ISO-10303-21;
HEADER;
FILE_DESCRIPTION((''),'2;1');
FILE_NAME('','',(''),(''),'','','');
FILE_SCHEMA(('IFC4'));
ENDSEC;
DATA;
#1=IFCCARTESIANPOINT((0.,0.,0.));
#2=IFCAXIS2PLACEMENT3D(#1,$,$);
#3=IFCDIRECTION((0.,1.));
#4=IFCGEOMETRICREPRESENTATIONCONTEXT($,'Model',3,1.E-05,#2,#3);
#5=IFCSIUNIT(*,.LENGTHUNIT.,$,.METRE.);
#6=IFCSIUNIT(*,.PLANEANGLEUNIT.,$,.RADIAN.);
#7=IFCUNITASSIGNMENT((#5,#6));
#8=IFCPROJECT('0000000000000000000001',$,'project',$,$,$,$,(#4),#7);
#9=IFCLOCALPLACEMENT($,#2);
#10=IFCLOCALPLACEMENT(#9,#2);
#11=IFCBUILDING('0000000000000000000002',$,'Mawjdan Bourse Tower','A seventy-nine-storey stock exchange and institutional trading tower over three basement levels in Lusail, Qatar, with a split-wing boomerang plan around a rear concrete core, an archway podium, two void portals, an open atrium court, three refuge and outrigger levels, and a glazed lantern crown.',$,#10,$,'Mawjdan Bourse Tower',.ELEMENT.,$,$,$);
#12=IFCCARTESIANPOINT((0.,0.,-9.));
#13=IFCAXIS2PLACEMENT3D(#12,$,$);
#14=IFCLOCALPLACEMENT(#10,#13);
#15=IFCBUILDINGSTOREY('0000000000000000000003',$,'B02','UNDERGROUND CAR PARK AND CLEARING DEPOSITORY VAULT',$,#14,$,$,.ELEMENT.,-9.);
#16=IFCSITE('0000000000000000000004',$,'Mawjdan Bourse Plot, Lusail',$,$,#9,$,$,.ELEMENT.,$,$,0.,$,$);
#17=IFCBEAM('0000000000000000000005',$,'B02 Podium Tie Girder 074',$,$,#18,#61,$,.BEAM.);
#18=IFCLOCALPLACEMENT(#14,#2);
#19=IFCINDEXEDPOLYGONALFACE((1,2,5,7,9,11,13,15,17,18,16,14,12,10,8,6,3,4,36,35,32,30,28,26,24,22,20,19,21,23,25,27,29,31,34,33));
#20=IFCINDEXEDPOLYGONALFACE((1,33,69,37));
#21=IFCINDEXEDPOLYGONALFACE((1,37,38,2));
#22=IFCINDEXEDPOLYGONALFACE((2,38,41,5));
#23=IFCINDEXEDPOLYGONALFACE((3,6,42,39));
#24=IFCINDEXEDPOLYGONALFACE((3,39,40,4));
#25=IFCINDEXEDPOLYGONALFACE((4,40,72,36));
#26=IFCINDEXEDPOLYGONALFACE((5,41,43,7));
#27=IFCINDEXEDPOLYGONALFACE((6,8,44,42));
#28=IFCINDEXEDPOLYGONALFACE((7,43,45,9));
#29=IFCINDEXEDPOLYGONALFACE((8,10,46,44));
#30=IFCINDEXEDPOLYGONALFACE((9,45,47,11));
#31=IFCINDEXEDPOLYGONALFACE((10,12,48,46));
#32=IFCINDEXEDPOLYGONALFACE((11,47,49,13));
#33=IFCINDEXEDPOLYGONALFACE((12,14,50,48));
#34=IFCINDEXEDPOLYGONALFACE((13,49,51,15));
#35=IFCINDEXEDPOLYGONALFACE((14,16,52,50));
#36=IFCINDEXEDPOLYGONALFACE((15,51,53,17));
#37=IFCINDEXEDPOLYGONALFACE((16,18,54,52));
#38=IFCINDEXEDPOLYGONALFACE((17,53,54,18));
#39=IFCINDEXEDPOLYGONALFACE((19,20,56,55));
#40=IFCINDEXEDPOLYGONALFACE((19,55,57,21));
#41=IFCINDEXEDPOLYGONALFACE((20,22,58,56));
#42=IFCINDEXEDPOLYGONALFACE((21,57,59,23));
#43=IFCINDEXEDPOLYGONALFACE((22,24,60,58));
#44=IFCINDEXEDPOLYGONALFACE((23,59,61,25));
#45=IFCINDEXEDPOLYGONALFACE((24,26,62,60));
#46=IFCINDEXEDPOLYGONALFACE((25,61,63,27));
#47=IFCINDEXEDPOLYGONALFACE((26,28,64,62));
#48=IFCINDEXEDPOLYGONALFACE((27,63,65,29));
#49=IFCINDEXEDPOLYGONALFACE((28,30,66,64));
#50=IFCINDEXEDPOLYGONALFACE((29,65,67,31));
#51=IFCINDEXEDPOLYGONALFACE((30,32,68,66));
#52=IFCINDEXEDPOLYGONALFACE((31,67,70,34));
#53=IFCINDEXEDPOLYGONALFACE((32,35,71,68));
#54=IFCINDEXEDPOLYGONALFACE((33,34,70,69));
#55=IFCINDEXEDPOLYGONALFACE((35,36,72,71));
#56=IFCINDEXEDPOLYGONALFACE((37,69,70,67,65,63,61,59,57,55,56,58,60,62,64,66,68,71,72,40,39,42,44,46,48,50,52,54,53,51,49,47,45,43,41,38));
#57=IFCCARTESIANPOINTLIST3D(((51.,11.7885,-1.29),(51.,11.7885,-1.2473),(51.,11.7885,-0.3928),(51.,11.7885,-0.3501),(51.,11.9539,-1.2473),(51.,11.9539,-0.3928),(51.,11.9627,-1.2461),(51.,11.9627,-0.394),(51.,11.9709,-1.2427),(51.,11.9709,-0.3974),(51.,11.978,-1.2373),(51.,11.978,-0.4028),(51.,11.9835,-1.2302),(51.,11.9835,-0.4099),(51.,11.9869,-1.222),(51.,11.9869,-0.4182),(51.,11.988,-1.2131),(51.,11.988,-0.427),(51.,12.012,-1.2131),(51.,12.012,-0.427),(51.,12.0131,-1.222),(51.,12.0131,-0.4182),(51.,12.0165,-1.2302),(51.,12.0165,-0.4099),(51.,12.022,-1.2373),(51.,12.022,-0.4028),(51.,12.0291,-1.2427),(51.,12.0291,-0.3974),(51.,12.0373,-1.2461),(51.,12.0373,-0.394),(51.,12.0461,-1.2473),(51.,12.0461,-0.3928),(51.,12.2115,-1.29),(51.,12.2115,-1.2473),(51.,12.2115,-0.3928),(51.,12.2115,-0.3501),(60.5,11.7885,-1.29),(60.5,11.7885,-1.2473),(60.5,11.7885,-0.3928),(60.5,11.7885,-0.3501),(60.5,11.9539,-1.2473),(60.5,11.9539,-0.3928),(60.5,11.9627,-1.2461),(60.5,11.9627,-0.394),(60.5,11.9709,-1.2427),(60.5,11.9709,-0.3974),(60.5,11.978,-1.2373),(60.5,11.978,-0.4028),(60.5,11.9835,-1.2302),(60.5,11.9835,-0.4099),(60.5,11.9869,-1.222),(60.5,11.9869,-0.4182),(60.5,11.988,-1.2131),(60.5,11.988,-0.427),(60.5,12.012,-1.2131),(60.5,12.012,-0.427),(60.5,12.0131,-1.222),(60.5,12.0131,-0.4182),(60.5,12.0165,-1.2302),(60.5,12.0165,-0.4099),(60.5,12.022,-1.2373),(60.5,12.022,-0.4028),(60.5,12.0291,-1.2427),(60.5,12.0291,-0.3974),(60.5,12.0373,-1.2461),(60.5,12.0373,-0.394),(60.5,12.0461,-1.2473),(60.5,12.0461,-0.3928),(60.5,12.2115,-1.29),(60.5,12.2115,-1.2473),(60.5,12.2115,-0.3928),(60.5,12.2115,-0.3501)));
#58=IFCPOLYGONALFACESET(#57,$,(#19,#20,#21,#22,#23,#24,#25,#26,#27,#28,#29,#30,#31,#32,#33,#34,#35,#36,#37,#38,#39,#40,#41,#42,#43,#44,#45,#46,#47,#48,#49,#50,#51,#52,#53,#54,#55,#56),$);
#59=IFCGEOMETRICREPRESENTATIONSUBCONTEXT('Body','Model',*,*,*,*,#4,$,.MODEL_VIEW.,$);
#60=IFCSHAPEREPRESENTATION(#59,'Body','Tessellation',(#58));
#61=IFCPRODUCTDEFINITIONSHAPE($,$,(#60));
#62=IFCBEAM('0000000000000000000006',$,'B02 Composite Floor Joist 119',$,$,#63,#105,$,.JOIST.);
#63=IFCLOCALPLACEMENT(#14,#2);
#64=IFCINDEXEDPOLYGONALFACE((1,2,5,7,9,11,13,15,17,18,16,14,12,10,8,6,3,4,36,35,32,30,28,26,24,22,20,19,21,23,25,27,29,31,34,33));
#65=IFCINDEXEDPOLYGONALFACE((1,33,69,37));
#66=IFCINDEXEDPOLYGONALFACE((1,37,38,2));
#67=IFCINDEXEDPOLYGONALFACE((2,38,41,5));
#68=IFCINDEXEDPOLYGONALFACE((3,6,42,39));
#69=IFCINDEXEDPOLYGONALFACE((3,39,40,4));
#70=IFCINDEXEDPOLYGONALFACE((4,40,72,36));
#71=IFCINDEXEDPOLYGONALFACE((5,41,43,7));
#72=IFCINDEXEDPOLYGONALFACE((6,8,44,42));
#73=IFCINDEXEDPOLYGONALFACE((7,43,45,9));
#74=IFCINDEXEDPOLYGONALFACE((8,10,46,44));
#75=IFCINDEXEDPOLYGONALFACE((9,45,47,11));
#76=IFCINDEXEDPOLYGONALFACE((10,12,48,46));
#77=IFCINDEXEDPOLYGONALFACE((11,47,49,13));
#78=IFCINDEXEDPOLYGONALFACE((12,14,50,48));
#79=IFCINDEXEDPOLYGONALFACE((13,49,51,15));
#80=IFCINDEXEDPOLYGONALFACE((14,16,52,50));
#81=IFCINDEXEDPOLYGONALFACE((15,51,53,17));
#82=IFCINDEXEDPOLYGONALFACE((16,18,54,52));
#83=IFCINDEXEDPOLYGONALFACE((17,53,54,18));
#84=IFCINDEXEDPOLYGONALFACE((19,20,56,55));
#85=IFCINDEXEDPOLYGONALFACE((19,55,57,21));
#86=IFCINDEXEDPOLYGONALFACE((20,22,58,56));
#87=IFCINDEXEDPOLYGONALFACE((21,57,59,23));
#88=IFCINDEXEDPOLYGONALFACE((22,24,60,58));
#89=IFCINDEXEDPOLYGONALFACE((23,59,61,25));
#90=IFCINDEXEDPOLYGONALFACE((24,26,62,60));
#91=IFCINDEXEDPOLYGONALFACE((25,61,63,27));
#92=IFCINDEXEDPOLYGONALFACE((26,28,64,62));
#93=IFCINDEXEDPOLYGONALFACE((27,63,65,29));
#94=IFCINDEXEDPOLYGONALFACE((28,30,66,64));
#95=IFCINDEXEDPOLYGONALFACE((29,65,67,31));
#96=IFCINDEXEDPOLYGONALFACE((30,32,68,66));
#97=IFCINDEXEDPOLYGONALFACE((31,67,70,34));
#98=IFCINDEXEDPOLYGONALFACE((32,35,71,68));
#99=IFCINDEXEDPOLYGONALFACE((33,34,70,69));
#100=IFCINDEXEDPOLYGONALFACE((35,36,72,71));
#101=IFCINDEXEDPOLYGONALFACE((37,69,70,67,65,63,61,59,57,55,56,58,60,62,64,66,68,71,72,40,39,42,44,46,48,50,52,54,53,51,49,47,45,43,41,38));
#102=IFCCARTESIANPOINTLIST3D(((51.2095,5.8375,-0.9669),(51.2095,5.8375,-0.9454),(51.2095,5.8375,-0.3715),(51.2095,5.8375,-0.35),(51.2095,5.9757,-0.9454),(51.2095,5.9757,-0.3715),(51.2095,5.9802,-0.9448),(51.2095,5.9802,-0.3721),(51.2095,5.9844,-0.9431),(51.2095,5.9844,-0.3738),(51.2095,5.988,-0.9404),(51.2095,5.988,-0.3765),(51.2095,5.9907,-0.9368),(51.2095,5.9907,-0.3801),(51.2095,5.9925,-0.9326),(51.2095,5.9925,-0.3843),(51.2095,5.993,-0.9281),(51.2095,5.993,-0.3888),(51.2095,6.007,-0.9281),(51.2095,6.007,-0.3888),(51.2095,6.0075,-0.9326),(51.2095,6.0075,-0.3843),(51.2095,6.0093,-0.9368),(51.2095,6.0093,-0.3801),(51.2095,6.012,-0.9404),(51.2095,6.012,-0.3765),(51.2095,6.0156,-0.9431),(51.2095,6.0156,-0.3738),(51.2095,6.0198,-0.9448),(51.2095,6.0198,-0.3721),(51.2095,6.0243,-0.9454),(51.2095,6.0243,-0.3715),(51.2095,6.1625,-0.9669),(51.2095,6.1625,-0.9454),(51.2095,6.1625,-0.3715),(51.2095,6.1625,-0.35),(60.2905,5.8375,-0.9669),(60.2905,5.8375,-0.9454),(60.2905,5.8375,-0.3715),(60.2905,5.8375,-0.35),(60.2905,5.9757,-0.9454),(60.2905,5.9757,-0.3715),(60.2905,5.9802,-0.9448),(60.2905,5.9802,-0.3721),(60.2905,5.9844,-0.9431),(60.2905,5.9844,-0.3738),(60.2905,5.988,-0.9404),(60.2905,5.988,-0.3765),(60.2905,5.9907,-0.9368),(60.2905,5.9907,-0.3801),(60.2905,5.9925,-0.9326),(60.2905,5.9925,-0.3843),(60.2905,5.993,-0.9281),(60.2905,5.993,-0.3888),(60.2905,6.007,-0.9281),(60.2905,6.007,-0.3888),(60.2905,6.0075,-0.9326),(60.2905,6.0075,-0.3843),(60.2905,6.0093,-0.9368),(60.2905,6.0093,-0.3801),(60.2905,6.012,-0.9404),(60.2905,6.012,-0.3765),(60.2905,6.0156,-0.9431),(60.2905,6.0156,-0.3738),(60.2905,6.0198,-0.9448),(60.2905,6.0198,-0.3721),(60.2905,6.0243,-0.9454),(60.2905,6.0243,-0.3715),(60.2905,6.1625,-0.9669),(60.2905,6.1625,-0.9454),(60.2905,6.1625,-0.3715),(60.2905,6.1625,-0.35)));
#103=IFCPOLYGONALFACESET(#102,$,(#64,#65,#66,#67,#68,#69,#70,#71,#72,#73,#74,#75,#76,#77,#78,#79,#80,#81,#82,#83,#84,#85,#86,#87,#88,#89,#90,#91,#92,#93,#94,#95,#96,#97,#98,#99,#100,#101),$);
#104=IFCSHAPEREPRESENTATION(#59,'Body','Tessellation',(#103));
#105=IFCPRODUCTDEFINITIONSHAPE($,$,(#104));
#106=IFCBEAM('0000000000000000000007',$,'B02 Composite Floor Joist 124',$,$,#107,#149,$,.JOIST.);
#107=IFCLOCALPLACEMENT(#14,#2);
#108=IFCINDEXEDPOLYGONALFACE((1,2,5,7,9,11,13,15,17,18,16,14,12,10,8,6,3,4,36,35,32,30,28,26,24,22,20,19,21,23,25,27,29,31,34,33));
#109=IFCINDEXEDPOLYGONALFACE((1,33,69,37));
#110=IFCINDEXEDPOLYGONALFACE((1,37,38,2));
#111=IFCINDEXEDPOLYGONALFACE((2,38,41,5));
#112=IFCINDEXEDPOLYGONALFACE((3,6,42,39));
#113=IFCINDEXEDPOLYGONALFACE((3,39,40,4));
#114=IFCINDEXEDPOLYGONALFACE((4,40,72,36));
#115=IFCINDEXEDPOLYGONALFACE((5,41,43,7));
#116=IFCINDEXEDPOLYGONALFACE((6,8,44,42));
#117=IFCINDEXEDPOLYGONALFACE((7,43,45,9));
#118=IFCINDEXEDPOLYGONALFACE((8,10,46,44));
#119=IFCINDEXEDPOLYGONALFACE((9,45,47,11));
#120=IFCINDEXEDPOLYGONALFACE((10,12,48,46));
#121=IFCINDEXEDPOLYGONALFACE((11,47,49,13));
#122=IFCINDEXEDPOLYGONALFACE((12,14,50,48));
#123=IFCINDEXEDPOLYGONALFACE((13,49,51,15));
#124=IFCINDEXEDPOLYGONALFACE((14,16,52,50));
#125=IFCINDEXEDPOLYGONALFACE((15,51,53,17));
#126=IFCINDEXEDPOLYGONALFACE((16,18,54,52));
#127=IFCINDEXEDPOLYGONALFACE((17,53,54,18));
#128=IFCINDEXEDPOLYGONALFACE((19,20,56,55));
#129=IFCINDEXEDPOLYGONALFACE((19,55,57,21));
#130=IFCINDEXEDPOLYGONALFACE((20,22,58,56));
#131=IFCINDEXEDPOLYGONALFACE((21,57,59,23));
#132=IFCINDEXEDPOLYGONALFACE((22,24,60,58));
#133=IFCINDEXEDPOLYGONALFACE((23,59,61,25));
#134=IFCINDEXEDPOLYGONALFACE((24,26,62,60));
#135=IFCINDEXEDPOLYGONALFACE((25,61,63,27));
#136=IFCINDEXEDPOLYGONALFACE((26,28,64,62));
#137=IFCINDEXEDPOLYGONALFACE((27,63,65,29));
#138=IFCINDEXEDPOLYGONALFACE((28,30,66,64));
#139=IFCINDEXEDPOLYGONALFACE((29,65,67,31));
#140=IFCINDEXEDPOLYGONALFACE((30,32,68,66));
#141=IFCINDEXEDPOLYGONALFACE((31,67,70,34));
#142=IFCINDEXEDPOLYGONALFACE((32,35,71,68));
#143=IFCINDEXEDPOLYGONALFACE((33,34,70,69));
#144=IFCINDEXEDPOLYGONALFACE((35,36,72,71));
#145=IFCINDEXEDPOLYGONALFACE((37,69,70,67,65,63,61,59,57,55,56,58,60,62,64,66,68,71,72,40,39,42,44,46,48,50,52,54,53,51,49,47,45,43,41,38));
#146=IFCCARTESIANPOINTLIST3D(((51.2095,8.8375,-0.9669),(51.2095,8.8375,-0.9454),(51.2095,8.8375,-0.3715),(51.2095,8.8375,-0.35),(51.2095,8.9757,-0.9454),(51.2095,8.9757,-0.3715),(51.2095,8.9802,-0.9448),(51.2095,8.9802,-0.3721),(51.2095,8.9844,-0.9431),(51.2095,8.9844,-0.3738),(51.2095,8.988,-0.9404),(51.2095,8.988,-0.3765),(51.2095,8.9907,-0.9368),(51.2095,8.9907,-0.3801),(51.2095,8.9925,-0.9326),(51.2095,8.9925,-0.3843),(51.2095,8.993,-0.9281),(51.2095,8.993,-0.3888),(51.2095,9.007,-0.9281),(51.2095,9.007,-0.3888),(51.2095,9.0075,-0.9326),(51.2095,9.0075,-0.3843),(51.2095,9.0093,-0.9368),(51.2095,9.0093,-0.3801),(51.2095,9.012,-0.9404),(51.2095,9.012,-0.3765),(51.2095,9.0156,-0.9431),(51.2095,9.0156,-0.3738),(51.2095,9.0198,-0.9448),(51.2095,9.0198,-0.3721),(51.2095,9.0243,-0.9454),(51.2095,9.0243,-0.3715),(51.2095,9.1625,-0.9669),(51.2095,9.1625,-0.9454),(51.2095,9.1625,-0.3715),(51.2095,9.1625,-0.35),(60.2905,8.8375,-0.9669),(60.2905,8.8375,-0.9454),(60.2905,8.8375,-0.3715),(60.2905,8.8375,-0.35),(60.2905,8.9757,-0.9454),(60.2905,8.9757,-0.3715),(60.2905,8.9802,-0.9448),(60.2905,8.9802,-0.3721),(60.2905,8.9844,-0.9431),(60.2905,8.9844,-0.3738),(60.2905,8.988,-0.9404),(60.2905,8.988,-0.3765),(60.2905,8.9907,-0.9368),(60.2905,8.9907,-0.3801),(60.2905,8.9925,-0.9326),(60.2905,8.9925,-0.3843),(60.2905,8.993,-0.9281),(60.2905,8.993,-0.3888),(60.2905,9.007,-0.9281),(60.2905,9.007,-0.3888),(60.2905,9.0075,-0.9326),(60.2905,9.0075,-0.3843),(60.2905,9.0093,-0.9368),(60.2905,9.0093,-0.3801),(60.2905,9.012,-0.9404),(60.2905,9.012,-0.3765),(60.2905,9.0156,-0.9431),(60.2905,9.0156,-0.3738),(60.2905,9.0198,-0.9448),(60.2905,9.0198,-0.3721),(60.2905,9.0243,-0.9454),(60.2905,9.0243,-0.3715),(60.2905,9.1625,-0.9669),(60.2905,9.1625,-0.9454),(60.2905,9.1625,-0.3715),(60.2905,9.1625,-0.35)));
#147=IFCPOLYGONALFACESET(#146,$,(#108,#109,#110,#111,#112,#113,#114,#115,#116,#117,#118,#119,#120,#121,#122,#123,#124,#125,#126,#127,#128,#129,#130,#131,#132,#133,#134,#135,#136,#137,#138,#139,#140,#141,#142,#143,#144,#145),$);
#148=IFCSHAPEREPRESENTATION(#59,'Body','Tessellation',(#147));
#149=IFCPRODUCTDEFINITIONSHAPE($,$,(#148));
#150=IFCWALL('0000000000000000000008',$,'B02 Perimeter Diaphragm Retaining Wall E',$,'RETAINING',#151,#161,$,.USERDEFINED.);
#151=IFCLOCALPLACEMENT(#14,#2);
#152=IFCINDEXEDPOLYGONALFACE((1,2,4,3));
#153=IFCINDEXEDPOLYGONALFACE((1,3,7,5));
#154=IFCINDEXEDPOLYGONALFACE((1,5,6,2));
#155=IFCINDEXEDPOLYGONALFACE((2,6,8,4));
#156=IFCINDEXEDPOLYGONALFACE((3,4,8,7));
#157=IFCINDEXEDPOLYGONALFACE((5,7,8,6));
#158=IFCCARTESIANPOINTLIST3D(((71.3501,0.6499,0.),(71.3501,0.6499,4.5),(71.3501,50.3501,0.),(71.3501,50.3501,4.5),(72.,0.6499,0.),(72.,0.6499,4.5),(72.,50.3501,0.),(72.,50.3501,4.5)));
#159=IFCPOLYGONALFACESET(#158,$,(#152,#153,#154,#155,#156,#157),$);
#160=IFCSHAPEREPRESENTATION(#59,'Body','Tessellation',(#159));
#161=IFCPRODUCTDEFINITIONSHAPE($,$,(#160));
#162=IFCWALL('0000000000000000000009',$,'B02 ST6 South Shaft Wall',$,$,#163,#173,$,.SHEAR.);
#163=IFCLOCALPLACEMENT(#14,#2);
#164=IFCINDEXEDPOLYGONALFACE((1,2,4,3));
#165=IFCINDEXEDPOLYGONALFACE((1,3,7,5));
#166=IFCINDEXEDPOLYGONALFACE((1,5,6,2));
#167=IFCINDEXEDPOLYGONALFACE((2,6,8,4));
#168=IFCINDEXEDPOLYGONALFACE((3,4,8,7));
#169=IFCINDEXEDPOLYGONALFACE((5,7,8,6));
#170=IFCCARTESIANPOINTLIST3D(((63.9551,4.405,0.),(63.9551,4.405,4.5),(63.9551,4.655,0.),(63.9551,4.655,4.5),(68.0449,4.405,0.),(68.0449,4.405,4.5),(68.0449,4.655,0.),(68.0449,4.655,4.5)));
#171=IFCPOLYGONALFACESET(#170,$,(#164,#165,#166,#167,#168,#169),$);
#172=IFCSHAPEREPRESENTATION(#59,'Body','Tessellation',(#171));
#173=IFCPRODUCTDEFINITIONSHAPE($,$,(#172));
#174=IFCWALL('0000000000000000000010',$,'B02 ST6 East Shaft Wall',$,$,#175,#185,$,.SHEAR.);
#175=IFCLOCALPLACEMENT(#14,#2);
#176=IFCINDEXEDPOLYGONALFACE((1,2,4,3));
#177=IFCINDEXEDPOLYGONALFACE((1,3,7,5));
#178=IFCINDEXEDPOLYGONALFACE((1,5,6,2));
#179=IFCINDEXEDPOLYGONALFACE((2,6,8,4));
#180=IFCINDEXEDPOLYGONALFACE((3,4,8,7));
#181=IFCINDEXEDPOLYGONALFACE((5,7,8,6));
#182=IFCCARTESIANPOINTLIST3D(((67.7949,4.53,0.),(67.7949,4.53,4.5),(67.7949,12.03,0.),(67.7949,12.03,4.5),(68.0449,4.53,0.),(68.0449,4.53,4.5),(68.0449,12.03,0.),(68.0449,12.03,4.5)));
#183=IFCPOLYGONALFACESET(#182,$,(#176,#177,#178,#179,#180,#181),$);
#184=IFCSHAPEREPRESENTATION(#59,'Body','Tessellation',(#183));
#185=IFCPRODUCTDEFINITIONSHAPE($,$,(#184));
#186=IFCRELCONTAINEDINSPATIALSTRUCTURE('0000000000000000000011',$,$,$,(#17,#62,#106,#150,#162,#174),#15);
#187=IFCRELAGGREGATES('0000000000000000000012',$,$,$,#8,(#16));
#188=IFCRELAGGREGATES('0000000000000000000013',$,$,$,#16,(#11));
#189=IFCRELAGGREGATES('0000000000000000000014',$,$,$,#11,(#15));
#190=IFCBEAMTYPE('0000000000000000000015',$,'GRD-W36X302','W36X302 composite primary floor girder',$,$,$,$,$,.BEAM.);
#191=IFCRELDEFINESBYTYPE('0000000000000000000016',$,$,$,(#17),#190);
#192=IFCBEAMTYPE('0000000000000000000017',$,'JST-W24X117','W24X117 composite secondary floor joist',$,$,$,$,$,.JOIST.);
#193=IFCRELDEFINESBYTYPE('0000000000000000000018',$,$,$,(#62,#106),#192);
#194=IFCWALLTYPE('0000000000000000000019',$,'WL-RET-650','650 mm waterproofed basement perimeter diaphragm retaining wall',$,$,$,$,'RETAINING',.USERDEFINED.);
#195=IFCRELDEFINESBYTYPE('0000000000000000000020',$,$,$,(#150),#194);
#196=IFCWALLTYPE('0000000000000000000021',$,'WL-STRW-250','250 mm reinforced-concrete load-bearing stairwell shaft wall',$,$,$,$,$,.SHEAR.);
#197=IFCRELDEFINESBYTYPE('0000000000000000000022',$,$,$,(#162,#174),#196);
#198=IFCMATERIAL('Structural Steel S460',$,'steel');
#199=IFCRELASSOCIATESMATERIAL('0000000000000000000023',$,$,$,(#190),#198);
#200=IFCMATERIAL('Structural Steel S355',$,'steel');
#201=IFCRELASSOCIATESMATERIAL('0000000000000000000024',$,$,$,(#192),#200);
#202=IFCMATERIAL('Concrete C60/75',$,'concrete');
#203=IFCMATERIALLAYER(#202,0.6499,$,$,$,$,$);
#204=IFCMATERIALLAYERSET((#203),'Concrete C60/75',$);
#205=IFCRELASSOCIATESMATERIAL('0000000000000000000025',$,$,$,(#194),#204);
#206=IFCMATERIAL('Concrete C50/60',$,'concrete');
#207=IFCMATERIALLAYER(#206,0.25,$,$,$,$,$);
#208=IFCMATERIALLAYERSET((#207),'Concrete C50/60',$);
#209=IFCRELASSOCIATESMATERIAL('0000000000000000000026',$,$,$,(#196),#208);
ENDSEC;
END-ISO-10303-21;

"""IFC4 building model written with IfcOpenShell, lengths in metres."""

from ifc_helpers import new_model, si_unit, direction, frame, frame_2d, origin, origin_2d, place, context, subcontext, project, spatial, rectangle, i_section, extrude, material, layer, layer_set, material_profile, profile_set, type_object, element, save


model = new_model("IFC4")

# Units and contexts
model_context = context("Model", 3, precision=1e-05, world=origin(), true_north=direction((0.0, 1.0)))
body_context = subcontext(model_context, "Body", "Model", "MODEL_VIEW")
ifc_project = project(units=[si_unit("LENGTHUNIT", "METRE"), si_unit("PLANEANGLEUNIT", "RADIAN")], contexts=[model_context])

# Site, building, storey
site_placement = place(None, origin())
site = spatial("IfcSite", under=ifc_project, at=site_placement, Name="Mawjdan Bourse Plot, Lusail", CompositionType="ELEMENT", RefElevation=0.0)
building_placement = place(site_placement, origin())
building = spatial("IfcBuilding", under=site, at=building_placement, Name="Mawjdan Bourse Tower", Description="A seventy-nine-storey stock exchange and institutional trading tower over three basement levels in Lusail, Qatar, with a split-wing boomerang plan around a rear concrete core, an archway podium, two void portals, an open atrium court, three refuge and outrigger levels, and a glazed lantern crown.", LongName="Mawjdan Bourse Tower", CompositionType="ELEMENT")
storey_placement = place(building_placement, frame((0.0, 0.0, -9.0)))
storey = spatial("IfcBuildingStorey", under=building, at=storey_placement, Name="B02", Description="UNDERGROUND CAR PARK AND CLEARING DEPOSITORY VAULT", CompositionType="ELEMENT", Elevation=-9.0)

# Shared definitions
ifc_material_1 = material(Name="Concrete C60/75", Category="concrete")

# Beams
ifc_material_2 = material(Name="Structural Steel S460", Category="steel")
ifc_material_profile_1 = material_profile(ifc_material_2, i_section(OverallWidth=0.4231, OverallDepth=0.9399, WebThickness=0.0239, FlangeThickness=0.0427, FilletRadius=0.0342, at=origin_2d()), Name="W36X302")
ifc_profile_set_1 = profile_set([ifc_material_profile_1], Name="Structural Steel S460")
beam_type_1 = type_object("IfcBeamType", Name="GRD-W36X302", Description="W36X302 composite primary floor girder", PredefinedType="BEAM", material=ifc_profile_set_1)
beam_1_placement = place(storey_placement, frame((51.0, 12.0, -0.8201), z_axis=(1.0, 0.0, 0.0), x_axis=(0.0, 1.0, 0.0)))
element("IfcBeam", 1, at=beam_1_placement, inside=storey, type_object=beam_type_1, Name="B02 Podium Tie Girder 074", PredefinedType="BEAM", context=body_context, shape_type="SweptSolid", body=[
    extrude(i_section(OverallWidth=0.4231, OverallDepth=0.9399, WebThickness=0.0239, FlangeThickness=0.0427, FilletRadius=0.0342, at=origin_2d()), origin(), (0.0, 0.0, 1.0), 9.5),
])
ifc_material_3 = material(Name="Structural Steel S355", Category="steel")
ifc_material_profile_2 = material_profile(ifc_material_3, i_section(OverallWidth=0.325, OverallDepth=0.6169, WebThickness=0.0139, FlangeThickness=0.0215, FilletRadius=0.0173, at=origin_2d()), Name="W24X117")
ifc_profile_set_2 = profile_set([ifc_material_profile_2], Name="Structural Steel S355")
beam_type_2 = type_object("IfcBeamType", Name="JST-W24X117", Description="W24X117 composite secondary floor joist", PredefinedType="JOIST", material=ifc_profile_set_2)
for number, where, z_axis, x_axis, name in (
    (2, (51.2095, 6.0, -0.6584), (1.0, 0.0, 0.0), (0.0, 1.0, 0.0), "B02 Composite Floor Joist 119"),
    (3, (51.2095, 9.0, -0.6584), (1.0, 0.0, 0.0), (0.0, 1.0, 0.0), "B02 Composite Floor Joist 124"),
):
    element("IfcBeam", number, at=place(storey_placement, frame(where, z_axis=z_axis, x_axis=x_axis)), inside=storey, type_object=beam_type_2, Name=name, PredefinedType="JOIST", context=body_context, shape_type="SweptSolid", body=[
        extrude(i_section(OverallWidth=0.325, OverallDepth=0.6169, WebThickness=0.0139, FlangeThickness=0.0215, FilletRadius=0.0173, at=origin_2d()), origin(), (0.0, 0.0, 1.0), 9.0811),
    ])

# Walls
ifc_layer_1 = layer(ifc_material_1, 0.6499)
ifc_layer_set_1 = layer_set([ifc_layer_1], Name="Concrete C60/75")
wall_type_1 = type_object("IfcWallType", Name="WL-RET-650", Description="650 mm waterproofed basement perimeter diaphragm retaining wall", ElementType="RETAINING", PredefinedType="USERDEFINED", material=ifc_layer_set_1)
wall_1_placement = place(storey_placement, frame((71.675, 0.6499, 0.0), z_axis=(0.0, 0.0, 1.0), x_axis=(0.0, 1.0, 0.0)))
element("IfcWall", 4, at=wall_1_placement, inside=storey, type_object=wall_type_1, Name="B02 Perimeter Diaphragm Retaining Wall E", ObjectType="RETAINING", PredefinedType="USERDEFINED", context=body_context, shape_type="SweptSolid", body=[
    extrude(rectangle(XDim=49.7002, YDim=0.6499, at=frame_2d((24.8501, 0.0))), origin(), (0.0, 0.0, 1.0), 4.5),
])
ifc_material_4 = material(Name="Concrete C50/60", Category="concrete")
ifc_layer_2 = layer(ifc_material_4, 0.25)
ifc_layer_set_2 = layer_set([ifc_layer_2], Name="Concrete C50/60")
wall_type_2 = type_object("IfcWallType", Name="WL-STRW-250", Description="250 mm reinforced-concrete load-bearing stairwell shaft wall", PredefinedType="SHEAR", material=ifc_layer_set_2)
wall_2_placement = place(storey_placement, frame((63.9551, 4.53, 0.0), z_axis=(0.0, 0.0, 1.0), x_axis=(1.0, 0.0, 0.0)))
element("IfcWall", 5, at=wall_2_placement, inside=storey, type_object=wall_type_2, Name="B02 ST6 South Shaft Wall", PredefinedType="SHEAR", context=body_context, shape_type="SweptSolid", body=[
    extrude(rectangle(XDim=4.0898, YDim=0.25, at=frame_2d((2.0449, 0.0))), origin(), (0.0, 0.0, 1.0), 4.5),
])
wall_3_placement = place(storey_placement, frame((67.9199, 4.53, 0.0), z_axis=(0.0, 0.0, 1.0), x_axis=(0.0, 1.0, 0.0)))
element("IfcWall", 6, at=wall_3_placement, inside=storey, type_object=wall_type_2, Name="B02 ST6 East Shaft Wall", PredefinedType="SHEAR", context=body_context, shape_type="SweptSolid", body=[
    extrude(rectangle(XDim=7.5, YDim=0.25, at=frame_2d((3.75, 0.0))), origin(), (0.0, 0.0, 1.0), 4.5),
])

save(model, "model.ifc")
